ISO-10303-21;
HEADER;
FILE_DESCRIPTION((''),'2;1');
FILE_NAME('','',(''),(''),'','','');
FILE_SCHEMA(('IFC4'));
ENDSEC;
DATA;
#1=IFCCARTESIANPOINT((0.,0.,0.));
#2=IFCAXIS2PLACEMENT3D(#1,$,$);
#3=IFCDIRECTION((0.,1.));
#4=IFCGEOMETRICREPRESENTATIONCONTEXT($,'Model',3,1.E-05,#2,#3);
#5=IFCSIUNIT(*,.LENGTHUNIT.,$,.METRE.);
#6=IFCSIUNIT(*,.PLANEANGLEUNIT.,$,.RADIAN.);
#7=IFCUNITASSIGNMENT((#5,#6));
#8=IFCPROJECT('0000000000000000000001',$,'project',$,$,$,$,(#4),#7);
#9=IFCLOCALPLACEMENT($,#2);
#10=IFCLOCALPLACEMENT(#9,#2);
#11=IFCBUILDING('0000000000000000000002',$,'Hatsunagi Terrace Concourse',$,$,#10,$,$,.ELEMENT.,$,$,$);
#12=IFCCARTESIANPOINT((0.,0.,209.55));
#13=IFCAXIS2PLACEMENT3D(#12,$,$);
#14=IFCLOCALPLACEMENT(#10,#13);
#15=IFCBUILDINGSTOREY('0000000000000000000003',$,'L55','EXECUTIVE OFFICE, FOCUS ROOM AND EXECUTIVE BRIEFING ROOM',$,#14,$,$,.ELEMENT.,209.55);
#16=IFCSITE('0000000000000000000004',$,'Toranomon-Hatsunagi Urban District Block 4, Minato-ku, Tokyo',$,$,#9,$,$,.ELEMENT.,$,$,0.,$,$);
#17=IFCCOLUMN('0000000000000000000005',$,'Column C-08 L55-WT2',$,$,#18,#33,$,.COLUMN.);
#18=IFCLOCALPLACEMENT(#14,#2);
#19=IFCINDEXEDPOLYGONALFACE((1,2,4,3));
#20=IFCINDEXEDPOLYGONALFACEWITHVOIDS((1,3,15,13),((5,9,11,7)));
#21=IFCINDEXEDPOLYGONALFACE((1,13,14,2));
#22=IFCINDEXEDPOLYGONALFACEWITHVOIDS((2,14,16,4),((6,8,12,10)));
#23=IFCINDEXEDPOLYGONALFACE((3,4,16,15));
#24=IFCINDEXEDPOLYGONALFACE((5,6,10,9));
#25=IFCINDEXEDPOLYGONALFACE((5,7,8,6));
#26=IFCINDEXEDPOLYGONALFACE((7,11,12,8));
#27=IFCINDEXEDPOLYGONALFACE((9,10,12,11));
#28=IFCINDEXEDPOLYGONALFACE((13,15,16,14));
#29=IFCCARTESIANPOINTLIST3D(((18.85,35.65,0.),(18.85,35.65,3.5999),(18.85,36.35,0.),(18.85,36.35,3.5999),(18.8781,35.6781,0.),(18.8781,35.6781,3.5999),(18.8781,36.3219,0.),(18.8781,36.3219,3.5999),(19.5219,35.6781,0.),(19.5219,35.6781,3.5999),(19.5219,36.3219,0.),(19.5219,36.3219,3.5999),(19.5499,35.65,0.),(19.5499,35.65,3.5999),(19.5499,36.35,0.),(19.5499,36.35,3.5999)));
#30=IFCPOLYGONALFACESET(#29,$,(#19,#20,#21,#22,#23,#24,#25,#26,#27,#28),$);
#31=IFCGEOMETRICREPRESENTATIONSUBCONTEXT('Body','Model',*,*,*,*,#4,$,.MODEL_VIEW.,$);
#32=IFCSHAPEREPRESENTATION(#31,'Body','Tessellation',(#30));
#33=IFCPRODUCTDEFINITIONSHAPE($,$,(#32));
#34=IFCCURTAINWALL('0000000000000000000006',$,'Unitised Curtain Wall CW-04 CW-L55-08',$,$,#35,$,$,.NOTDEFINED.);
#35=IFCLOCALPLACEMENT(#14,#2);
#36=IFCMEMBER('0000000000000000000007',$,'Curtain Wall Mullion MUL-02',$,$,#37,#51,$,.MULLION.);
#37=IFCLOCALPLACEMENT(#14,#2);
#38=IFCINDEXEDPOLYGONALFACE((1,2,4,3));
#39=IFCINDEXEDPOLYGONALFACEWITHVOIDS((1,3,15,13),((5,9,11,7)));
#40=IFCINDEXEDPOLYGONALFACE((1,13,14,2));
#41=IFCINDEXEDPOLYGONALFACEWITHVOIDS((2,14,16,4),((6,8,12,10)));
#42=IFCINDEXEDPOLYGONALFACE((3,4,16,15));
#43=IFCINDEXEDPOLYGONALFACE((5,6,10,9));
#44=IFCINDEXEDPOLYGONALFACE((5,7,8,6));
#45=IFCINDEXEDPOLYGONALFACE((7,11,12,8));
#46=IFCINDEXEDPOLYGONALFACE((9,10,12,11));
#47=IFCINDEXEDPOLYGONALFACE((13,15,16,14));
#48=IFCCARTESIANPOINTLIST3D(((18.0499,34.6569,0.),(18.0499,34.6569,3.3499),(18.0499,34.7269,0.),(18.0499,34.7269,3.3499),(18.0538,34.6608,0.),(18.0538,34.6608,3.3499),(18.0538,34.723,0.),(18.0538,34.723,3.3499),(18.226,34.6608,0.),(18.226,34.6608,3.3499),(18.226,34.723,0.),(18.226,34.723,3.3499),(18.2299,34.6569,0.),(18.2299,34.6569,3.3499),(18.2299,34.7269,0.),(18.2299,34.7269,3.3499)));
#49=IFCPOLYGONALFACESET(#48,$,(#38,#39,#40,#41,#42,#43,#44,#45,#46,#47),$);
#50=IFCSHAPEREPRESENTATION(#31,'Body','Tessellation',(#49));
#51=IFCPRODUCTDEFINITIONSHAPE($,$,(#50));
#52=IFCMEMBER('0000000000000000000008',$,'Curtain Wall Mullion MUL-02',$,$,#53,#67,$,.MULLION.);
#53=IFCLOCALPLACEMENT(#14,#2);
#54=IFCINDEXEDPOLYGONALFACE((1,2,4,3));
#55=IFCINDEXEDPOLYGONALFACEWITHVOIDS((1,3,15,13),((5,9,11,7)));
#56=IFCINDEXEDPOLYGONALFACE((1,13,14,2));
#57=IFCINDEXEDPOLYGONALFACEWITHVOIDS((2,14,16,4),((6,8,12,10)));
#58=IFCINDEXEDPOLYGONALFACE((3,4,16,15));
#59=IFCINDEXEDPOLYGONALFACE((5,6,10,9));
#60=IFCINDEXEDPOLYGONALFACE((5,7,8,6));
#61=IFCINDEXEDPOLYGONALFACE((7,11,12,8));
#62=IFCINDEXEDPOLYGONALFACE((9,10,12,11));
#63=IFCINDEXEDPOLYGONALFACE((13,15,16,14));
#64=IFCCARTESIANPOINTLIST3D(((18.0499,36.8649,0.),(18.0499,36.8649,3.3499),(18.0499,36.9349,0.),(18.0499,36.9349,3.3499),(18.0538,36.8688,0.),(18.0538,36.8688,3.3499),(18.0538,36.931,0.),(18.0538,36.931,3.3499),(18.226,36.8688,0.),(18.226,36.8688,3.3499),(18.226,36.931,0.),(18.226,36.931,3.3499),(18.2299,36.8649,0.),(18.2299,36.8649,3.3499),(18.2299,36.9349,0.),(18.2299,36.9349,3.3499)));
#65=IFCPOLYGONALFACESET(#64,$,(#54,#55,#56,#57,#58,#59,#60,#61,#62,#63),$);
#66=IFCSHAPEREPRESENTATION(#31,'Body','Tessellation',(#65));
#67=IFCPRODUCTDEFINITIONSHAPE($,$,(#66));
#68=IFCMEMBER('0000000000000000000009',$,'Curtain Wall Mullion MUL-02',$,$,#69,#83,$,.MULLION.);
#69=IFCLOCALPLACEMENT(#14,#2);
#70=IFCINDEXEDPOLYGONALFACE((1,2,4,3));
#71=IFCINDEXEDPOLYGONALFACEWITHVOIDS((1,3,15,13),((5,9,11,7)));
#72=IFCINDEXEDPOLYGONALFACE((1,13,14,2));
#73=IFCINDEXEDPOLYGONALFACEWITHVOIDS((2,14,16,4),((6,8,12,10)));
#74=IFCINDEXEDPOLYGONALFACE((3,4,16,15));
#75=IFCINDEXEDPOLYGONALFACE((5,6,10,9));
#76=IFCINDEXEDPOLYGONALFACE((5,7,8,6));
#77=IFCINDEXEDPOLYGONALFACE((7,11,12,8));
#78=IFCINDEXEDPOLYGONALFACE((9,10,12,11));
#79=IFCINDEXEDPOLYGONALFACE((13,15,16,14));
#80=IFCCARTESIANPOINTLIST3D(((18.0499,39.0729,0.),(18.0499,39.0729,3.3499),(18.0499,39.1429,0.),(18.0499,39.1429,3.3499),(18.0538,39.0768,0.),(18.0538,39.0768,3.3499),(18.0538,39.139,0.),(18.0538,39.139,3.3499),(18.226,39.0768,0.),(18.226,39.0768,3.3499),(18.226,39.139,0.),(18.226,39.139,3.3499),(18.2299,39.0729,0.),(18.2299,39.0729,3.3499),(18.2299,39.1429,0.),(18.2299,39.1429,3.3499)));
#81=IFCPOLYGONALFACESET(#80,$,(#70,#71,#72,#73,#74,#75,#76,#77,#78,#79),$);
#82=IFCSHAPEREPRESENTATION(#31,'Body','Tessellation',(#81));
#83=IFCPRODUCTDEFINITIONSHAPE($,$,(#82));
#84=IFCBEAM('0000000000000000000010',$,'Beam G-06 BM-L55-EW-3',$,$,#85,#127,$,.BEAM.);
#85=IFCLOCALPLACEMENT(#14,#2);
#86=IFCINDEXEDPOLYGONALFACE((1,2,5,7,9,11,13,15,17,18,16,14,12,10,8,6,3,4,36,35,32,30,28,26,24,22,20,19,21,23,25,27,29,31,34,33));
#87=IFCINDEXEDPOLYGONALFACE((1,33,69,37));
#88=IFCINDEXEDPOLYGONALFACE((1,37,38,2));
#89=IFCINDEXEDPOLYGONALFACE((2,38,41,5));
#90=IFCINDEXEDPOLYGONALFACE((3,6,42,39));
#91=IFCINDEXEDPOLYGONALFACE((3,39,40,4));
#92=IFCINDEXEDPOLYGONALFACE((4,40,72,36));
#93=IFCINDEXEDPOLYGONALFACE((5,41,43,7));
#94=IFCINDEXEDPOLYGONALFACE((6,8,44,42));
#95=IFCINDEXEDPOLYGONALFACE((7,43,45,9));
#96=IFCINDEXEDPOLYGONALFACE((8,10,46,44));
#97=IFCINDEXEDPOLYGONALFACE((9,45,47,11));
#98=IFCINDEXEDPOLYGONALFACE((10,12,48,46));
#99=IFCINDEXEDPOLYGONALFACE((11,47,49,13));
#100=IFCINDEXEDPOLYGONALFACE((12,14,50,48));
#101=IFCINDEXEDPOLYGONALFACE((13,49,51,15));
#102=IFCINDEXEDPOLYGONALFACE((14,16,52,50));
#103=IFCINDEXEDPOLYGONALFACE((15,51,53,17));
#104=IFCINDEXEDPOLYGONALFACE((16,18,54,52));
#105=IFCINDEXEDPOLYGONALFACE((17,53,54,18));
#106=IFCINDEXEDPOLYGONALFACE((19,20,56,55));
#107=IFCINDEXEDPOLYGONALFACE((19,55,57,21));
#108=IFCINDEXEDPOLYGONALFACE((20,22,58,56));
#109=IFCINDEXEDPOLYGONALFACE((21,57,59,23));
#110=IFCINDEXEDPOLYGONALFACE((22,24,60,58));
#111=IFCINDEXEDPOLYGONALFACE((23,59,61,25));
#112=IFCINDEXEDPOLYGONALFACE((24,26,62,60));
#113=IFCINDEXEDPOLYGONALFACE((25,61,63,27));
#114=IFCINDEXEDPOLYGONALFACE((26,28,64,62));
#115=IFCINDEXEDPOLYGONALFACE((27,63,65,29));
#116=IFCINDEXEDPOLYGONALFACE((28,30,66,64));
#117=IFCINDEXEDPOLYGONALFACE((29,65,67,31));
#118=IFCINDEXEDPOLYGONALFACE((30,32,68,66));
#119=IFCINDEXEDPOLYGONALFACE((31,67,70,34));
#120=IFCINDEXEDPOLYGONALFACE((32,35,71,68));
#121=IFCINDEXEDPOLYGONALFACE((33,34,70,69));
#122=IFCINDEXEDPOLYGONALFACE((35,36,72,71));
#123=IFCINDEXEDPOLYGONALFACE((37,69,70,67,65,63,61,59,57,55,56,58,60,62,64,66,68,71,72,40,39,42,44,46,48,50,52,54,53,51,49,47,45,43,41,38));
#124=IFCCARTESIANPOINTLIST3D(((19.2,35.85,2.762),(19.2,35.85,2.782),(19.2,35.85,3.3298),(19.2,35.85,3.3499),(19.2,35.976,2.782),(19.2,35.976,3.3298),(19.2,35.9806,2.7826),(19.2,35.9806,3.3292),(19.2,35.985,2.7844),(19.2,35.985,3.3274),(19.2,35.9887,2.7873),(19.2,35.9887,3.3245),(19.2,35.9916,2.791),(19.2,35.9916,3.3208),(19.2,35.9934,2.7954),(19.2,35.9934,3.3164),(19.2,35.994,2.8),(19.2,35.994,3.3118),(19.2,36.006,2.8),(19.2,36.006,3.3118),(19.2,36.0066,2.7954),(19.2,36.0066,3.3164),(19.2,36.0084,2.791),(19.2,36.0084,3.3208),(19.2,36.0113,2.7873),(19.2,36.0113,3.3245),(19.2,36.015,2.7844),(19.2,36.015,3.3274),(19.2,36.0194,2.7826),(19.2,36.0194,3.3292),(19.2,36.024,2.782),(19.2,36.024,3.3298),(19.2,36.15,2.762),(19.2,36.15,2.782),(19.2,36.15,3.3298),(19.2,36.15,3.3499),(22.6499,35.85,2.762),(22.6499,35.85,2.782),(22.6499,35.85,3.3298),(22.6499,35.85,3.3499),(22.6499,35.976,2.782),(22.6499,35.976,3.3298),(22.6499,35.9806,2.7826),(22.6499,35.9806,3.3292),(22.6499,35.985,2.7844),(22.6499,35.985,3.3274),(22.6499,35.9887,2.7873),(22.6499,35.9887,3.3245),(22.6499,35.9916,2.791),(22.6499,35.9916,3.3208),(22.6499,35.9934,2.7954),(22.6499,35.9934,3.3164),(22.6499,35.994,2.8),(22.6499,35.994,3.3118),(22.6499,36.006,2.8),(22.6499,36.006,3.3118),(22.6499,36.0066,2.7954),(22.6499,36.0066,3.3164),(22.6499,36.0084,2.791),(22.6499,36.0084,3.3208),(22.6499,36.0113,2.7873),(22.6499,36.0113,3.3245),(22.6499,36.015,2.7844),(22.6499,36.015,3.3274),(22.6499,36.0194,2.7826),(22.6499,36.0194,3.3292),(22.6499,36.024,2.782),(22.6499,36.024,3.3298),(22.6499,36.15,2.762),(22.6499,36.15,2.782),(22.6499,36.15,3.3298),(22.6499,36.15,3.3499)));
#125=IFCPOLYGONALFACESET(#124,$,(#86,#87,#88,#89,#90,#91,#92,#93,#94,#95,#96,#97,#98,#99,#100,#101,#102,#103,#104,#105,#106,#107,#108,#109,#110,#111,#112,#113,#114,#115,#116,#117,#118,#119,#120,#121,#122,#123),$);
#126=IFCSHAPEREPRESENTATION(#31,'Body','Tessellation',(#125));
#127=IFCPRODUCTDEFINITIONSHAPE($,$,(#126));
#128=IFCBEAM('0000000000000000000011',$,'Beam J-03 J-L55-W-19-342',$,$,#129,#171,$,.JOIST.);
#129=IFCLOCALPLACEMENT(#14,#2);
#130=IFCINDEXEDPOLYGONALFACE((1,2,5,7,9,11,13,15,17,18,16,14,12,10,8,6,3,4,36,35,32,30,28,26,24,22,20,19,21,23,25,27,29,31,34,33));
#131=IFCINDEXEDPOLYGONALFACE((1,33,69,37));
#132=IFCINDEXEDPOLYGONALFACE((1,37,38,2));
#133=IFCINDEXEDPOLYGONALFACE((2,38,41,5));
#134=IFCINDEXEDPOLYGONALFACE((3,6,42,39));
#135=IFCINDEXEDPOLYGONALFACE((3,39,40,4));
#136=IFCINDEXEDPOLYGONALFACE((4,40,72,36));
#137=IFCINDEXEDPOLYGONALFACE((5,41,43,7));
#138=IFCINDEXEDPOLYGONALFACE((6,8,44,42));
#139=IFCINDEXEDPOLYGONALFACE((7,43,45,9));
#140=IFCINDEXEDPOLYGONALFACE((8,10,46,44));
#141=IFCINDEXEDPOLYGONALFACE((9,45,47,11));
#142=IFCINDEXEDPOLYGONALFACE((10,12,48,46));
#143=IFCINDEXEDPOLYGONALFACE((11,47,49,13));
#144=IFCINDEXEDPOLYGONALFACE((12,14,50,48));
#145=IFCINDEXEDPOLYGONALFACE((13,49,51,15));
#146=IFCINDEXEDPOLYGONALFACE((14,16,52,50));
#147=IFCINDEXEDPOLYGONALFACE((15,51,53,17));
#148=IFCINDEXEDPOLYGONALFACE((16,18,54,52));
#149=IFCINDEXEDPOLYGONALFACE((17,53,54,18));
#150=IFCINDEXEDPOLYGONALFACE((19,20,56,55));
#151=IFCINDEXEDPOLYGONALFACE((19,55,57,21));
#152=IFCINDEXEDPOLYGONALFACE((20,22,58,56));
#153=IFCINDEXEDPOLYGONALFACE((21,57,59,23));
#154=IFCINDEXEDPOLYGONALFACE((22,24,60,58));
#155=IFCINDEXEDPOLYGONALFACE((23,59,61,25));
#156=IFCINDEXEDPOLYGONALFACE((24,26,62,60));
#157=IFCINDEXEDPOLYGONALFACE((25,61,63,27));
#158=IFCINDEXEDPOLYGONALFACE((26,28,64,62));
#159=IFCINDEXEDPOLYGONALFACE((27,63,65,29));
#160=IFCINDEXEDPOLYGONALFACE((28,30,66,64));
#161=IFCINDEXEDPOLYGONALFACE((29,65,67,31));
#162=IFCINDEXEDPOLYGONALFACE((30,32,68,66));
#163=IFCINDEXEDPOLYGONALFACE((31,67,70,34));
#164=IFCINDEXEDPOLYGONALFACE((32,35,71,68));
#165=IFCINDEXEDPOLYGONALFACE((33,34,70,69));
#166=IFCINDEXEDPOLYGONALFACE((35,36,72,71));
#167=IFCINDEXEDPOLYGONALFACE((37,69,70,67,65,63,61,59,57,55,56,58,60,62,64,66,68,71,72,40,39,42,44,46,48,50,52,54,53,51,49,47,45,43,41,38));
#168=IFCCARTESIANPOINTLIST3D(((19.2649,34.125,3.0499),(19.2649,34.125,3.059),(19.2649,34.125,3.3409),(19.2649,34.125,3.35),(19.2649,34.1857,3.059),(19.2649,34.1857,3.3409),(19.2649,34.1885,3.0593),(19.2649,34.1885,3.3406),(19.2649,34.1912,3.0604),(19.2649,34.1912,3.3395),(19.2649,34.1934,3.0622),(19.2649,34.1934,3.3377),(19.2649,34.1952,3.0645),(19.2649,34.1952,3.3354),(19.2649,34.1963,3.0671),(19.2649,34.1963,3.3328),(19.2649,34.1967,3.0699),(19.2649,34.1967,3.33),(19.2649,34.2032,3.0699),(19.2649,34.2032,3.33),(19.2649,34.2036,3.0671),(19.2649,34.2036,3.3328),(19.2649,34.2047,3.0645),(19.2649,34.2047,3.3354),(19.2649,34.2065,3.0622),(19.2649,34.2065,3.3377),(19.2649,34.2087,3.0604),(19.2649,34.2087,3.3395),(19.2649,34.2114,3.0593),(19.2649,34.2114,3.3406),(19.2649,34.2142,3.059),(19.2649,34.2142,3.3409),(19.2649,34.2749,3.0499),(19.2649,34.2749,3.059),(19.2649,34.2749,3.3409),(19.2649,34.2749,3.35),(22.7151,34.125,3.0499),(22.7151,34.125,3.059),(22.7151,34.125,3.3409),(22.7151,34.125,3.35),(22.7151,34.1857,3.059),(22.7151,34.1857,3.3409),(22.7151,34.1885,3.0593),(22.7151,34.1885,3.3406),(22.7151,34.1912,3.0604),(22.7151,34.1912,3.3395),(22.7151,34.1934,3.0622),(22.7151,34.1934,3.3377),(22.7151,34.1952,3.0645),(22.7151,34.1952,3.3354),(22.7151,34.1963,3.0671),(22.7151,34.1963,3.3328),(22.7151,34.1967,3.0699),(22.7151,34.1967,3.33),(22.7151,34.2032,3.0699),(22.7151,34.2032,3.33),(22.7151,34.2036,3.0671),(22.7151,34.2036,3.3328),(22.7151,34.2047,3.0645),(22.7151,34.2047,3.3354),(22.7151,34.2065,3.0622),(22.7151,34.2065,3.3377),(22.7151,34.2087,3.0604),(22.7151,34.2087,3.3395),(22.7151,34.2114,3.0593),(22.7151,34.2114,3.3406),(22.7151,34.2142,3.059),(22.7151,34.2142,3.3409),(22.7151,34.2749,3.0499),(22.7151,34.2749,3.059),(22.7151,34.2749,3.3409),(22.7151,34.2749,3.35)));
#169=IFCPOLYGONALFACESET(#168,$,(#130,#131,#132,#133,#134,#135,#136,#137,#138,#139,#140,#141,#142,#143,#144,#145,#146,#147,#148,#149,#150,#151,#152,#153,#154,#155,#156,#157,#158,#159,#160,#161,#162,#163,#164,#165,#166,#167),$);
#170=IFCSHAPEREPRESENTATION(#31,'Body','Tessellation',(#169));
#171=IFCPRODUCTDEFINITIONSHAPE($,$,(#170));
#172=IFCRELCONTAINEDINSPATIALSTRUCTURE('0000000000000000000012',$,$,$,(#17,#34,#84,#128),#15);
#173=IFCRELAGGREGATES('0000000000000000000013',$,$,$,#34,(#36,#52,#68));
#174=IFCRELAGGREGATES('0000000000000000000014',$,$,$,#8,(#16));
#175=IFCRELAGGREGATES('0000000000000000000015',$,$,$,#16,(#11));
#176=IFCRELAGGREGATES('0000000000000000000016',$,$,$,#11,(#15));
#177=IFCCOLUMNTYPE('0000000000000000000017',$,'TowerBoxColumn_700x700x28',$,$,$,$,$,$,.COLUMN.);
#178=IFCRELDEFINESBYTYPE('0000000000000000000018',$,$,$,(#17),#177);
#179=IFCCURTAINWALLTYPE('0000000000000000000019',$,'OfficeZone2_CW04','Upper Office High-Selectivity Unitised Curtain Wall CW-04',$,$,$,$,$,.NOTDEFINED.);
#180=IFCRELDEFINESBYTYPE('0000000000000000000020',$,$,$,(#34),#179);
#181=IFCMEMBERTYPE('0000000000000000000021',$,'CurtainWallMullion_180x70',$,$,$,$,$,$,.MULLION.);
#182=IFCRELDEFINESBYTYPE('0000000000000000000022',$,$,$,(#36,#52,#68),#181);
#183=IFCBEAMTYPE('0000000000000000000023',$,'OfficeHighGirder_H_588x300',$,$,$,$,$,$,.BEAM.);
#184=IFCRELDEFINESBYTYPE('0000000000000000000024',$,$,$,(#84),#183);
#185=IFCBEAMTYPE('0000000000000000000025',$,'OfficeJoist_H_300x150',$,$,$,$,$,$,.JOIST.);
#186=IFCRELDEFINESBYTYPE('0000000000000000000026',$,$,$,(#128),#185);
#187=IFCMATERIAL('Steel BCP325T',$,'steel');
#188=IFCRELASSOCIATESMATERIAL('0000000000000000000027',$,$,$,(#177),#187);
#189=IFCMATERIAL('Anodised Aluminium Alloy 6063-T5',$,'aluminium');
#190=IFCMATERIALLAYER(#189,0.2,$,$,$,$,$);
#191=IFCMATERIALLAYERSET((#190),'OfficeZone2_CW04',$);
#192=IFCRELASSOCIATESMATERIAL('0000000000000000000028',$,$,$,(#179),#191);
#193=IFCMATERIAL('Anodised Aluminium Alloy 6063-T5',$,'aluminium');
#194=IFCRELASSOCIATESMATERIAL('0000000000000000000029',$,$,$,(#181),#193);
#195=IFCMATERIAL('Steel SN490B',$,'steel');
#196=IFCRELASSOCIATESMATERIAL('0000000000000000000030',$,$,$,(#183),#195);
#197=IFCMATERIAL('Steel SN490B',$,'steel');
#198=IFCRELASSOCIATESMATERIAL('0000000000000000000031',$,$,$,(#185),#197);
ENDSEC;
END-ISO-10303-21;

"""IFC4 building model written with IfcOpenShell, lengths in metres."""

from ifc_helpers import new_model, si_unit, direction, frame, origin, origin_2d, place, context, subcontext, project, spatial, hollow_rectangle, i_section, extrude, material, layer, layer_set, material_profile, profile_set, type_object, element, aggregate, save


model = new_model("IFC4")

# Units and contexts
model_context = context("Model", 3, precision=1e-05, world=origin(), true_north=direction((0.0, 1.0)))
body_context = subcontext(model_context, "Body", "Model", "MODEL_VIEW")
ifc_project = project(units=[si_unit("LENGTHUNIT", "METRE"), si_unit("PLANEANGLEUNIT", "RADIAN")], contexts=[model_context])

# Site, building, storey
site_placement = place(None, origin())
site = spatial("IfcSite", under=ifc_project, at=site_placement, Name="Toranomon-Hatsunagi Urban District Block 4, Minato-ku, Tokyo", CompositionType="ELEMENT", RefElevation=0.0)
building_placement = place(site_placement, origin())
building = spatial("IfcBuilding", under=site, at=building_placement, Name="Hatsunagi Terrace Concourse", CompositionType="ELEMENT")
storey_placement = place(building_placement, frame((0.0, 0.0, 209.55)))
storey = spatial("IfcBuildingStorey", under=building, at=storey_placement, Name="L55", Description="EXECUTIVE OFFICE, FOCUS ROOM AND EXECUTIVE BRIEFING ROOM", CompositionType="ELEMENT", Elevation=209.55)

# Column
ifc_material_1 = material(Name="Steel BCP325T", Category="steel")
ifc_material_profile_1 = material_profile(ifc_material_1, hollow_rectangle(XDim=0.7, YDim=0.7, WallThickness=0.0281, at=origin_2d()), Name="BCP-700x700x28")
ifc_profile_set_1 = profile_set([ifc_material_profile_1], Name="Steel BCP325T")
column_type = type_object("IfcColumnType", Name="TowerBoxColumn_700x700x28", PredefinedType="COLUMN", material=ifc_profile_set_1)
column_placement = place(storey_placement, frame((19.2, 36.0, 0.0), z_axis=(0.0, 0.0, 1.0), x_axis=(1.0, 0.0, 0.0)))
element("IfcColumn", 1, at=column_placement, inside=storey, type_object=column_type, Name="Column C-08 L55-WT2", PredefinedType="COLUMN", context=body_context, shape_type="SweptSolid", body=[
    extrude(hollow_rectangle(XDim=0.7, YDim=0.7, WallThickness=0.0281, at=origin_2d()), origin(), (0.0, 0.0, 1.0), 3.5999),
])

# Curtain wall, members
ifc_material_2 = material(Name="Anodised Aluminium Alloy 6063-T5", Category="aluminium")
ifc_layer_1 = layer(ifc_material_2, 0.2)
ifc_layer_set_1 = layer_set([ifc_layer_1], Name="OfficeZone2_CW04")
curtain_wall_type = type_object("IfcCurtainWallType", Name="OfficeZone2_CW04", Description="Upper Office High-Selectivity Unitised Curtain Wall CW-04", PredefinedType="NOTDEFINED", material=ifc_layer_set_1)
curtain_wall_placement = place(storey_placement, origin())
curtain_wall = element("IfcCurtainWall", 2, at=curtain_wall_placement, inside=storey, type_object=curtain_wall_type, Name="Unitised Curtain Wall CW-04 CW-L55-08", PredefinedType="NOTDEFINED")
ifc_material_3 = material(Name="Anodised Aluminium Alloy 6063-T5", Category="aluminium")
ifc_material_profile_2 = material_profile(ifc_material_3, hollow_rectangle(XDim=0.0701, YDim=0.1799, WallThickness=0.0039, at=origin_2d()), Name="ALU-MUL-180x70x4")
ifc_profile_set_2 = profile_set([ifc_material_profile_2], Name="Anodised Aluminium Alloy 6063-T5")
member_type = type_object("IfcMemberType", Name="CurtainWallMullion_180x70", PredefinedType="MULLION", material=ifc_profile_set_2)
member_1_placement = place(storey_placement, frame((18.1399, 34.6919, 0.0), z_axis=(0.0, 0.0, 1.0), x_axis=(0.0, 1.0, 0.0)))
member_1 = element("IfcMember", 3, at=member_1_placement, type_object=member_type, Name="Curtain Wall Mullion MUL-02", PredefinedType="MULLION", context=body_context, shape_type="SweptSolid", body=[
    extrude(hollow_rectangle(XDim=0.0701, YDim=0.1799, WallThickness=0.0039, at=origin_2d()), origin(), (0.0, 0.0, 1.0), 3.3499),
])
member_2_placement = place(storey_placement, frame((18.1399, 36.8999, 0.0), z_axis=(0.0, 0.0, 1.0), x_axis=(0.0, 1.0, 0.0)))
member_2 = element("IfcMember", 4, at=member_2_placement, type_object=member_type, Name="Curtain Wall Mullion MUL-02", PredefinedType="MULLION", context=body_context, shape_type="SweptSolid", body=[
    extrude(hollow_rectangle(XDim=0.0701, YDim=0.1799, WallThickness=0.0039, at=origin_2d()), origin(), (0.0, 0.0, 1.0), 3.3499),
])
member_3_placement = place(storey_placement, frame((18.1399, 39.1079, 0.0), z_axis=(0.0, 0.0, 1.0), x_axis=(0.0, 1.0, 0.0)))
member_3 = element("IfcMember", 5, at=member_3_placement, type_object=member_type, Name="Curtain Wall Mullion MUL-02", PredefinedType="MULLION", context=body_context, shape_type="SweptSolid", body=[
    extrude(hollow_rectangle(XDim=0.0701, YDim=0.1799, WallThickness=0.0039, at=origin_2d()), origin(), (0.0, 0.0, 1.0), 3.3499),
])

# Beams
ifc_material_4 = material(Name="Steel SN490B", Category="steel")
ifc_material_profile_3 = material_profile(ifc_material_4, i_section(OverallWidth=0.3, OverallDepth=0.5879, WebThickness=0.012, FlangeThickness=0.02, FilletRadius=0.0181, at=origin_2d()), Name="H-588x300x12x20")
ifc_profile_set_3 = profile_set([ifc_material_profile_3], Name="Steel SN490B")
beam_type_1 = type_object("IfcBeamType", Name="OfficeHighGirder_H_588x300", PredefinedType="BEAM", material=ifc_profile_set_3)
beam_1_placement = place(storey_placement, frame((19.2, 36.0, 3.0559), z_axis=(1.0, 0.0, 0.0), x_axis=(0.0, 1.0, 0.0)))
element("IfcBeam", 6, at=beam_1_placement, inside=storey, type_object=beam_type_1, Name="Beam G-06 BM-L55-EW-3", PredefinedType="BEAM", context=body_context, shape_type="SweptSolid", body=[
    extrude(i_section(OverallWidth=0.3, OverallDepth=0.5879, WebThickness=0.012, FlangeThickness=0.02, FilletRadius=0.0181, at=origin_2d()), origin(), (0.0, 0.0, 1.0), 3.45),
])
ifc_material_5 = material(Name="Steel SN490B", Category="steel")
ifc_material_profile_4 = material_profile(ifc_material_5, i_section(OverallWidth=0.1499, OverallDepth=0.3, WebThickness=0.0066, FlangeThickness=0.009, FilletRadius=0.011, at=origin_2d()), Name="H-300x150x6.5x9")
ifc_profile_set_4 = profile_set([ifc_material_profile_4], Name="Steel SN490B")
beam_type_2 = type_object("IfcBeamType", Name="OfficeJoist_H_300x150", PredefinedType="JOIST", material=ifc_profile_set_4)
for number, where, z_axis, x_axis, name in (
    (7, (19.2649, 34.2, 3.2), (1.0, 0.0, 0.0), (0.0, 1.0, 0.0), "Beam J-03 J-L55-W-19-342"),
):
    element("IfcBeam", number, at=place(storey_placement, frame(where, z_axis=z_axis, x_axis=x_axis)), inside=storey, type_object=beam_type_2, Name=name, PredefinedType="JOIST", context=body_context, shape_type="SweptSolid", body=[
        extrude(i_section(OverallWidth=0.1499, OverallDepth=0.3, WebThickness=0.0066, FlangeThickness=0.009, FilletRadius=0.011, at=origin_2d()), origin(), (0.0, 0.0, 1.0), 3.4502),
    ])

aggregate(curtain_wall, [member_1, member_2, member_3])

save(model, "model.ifc")
